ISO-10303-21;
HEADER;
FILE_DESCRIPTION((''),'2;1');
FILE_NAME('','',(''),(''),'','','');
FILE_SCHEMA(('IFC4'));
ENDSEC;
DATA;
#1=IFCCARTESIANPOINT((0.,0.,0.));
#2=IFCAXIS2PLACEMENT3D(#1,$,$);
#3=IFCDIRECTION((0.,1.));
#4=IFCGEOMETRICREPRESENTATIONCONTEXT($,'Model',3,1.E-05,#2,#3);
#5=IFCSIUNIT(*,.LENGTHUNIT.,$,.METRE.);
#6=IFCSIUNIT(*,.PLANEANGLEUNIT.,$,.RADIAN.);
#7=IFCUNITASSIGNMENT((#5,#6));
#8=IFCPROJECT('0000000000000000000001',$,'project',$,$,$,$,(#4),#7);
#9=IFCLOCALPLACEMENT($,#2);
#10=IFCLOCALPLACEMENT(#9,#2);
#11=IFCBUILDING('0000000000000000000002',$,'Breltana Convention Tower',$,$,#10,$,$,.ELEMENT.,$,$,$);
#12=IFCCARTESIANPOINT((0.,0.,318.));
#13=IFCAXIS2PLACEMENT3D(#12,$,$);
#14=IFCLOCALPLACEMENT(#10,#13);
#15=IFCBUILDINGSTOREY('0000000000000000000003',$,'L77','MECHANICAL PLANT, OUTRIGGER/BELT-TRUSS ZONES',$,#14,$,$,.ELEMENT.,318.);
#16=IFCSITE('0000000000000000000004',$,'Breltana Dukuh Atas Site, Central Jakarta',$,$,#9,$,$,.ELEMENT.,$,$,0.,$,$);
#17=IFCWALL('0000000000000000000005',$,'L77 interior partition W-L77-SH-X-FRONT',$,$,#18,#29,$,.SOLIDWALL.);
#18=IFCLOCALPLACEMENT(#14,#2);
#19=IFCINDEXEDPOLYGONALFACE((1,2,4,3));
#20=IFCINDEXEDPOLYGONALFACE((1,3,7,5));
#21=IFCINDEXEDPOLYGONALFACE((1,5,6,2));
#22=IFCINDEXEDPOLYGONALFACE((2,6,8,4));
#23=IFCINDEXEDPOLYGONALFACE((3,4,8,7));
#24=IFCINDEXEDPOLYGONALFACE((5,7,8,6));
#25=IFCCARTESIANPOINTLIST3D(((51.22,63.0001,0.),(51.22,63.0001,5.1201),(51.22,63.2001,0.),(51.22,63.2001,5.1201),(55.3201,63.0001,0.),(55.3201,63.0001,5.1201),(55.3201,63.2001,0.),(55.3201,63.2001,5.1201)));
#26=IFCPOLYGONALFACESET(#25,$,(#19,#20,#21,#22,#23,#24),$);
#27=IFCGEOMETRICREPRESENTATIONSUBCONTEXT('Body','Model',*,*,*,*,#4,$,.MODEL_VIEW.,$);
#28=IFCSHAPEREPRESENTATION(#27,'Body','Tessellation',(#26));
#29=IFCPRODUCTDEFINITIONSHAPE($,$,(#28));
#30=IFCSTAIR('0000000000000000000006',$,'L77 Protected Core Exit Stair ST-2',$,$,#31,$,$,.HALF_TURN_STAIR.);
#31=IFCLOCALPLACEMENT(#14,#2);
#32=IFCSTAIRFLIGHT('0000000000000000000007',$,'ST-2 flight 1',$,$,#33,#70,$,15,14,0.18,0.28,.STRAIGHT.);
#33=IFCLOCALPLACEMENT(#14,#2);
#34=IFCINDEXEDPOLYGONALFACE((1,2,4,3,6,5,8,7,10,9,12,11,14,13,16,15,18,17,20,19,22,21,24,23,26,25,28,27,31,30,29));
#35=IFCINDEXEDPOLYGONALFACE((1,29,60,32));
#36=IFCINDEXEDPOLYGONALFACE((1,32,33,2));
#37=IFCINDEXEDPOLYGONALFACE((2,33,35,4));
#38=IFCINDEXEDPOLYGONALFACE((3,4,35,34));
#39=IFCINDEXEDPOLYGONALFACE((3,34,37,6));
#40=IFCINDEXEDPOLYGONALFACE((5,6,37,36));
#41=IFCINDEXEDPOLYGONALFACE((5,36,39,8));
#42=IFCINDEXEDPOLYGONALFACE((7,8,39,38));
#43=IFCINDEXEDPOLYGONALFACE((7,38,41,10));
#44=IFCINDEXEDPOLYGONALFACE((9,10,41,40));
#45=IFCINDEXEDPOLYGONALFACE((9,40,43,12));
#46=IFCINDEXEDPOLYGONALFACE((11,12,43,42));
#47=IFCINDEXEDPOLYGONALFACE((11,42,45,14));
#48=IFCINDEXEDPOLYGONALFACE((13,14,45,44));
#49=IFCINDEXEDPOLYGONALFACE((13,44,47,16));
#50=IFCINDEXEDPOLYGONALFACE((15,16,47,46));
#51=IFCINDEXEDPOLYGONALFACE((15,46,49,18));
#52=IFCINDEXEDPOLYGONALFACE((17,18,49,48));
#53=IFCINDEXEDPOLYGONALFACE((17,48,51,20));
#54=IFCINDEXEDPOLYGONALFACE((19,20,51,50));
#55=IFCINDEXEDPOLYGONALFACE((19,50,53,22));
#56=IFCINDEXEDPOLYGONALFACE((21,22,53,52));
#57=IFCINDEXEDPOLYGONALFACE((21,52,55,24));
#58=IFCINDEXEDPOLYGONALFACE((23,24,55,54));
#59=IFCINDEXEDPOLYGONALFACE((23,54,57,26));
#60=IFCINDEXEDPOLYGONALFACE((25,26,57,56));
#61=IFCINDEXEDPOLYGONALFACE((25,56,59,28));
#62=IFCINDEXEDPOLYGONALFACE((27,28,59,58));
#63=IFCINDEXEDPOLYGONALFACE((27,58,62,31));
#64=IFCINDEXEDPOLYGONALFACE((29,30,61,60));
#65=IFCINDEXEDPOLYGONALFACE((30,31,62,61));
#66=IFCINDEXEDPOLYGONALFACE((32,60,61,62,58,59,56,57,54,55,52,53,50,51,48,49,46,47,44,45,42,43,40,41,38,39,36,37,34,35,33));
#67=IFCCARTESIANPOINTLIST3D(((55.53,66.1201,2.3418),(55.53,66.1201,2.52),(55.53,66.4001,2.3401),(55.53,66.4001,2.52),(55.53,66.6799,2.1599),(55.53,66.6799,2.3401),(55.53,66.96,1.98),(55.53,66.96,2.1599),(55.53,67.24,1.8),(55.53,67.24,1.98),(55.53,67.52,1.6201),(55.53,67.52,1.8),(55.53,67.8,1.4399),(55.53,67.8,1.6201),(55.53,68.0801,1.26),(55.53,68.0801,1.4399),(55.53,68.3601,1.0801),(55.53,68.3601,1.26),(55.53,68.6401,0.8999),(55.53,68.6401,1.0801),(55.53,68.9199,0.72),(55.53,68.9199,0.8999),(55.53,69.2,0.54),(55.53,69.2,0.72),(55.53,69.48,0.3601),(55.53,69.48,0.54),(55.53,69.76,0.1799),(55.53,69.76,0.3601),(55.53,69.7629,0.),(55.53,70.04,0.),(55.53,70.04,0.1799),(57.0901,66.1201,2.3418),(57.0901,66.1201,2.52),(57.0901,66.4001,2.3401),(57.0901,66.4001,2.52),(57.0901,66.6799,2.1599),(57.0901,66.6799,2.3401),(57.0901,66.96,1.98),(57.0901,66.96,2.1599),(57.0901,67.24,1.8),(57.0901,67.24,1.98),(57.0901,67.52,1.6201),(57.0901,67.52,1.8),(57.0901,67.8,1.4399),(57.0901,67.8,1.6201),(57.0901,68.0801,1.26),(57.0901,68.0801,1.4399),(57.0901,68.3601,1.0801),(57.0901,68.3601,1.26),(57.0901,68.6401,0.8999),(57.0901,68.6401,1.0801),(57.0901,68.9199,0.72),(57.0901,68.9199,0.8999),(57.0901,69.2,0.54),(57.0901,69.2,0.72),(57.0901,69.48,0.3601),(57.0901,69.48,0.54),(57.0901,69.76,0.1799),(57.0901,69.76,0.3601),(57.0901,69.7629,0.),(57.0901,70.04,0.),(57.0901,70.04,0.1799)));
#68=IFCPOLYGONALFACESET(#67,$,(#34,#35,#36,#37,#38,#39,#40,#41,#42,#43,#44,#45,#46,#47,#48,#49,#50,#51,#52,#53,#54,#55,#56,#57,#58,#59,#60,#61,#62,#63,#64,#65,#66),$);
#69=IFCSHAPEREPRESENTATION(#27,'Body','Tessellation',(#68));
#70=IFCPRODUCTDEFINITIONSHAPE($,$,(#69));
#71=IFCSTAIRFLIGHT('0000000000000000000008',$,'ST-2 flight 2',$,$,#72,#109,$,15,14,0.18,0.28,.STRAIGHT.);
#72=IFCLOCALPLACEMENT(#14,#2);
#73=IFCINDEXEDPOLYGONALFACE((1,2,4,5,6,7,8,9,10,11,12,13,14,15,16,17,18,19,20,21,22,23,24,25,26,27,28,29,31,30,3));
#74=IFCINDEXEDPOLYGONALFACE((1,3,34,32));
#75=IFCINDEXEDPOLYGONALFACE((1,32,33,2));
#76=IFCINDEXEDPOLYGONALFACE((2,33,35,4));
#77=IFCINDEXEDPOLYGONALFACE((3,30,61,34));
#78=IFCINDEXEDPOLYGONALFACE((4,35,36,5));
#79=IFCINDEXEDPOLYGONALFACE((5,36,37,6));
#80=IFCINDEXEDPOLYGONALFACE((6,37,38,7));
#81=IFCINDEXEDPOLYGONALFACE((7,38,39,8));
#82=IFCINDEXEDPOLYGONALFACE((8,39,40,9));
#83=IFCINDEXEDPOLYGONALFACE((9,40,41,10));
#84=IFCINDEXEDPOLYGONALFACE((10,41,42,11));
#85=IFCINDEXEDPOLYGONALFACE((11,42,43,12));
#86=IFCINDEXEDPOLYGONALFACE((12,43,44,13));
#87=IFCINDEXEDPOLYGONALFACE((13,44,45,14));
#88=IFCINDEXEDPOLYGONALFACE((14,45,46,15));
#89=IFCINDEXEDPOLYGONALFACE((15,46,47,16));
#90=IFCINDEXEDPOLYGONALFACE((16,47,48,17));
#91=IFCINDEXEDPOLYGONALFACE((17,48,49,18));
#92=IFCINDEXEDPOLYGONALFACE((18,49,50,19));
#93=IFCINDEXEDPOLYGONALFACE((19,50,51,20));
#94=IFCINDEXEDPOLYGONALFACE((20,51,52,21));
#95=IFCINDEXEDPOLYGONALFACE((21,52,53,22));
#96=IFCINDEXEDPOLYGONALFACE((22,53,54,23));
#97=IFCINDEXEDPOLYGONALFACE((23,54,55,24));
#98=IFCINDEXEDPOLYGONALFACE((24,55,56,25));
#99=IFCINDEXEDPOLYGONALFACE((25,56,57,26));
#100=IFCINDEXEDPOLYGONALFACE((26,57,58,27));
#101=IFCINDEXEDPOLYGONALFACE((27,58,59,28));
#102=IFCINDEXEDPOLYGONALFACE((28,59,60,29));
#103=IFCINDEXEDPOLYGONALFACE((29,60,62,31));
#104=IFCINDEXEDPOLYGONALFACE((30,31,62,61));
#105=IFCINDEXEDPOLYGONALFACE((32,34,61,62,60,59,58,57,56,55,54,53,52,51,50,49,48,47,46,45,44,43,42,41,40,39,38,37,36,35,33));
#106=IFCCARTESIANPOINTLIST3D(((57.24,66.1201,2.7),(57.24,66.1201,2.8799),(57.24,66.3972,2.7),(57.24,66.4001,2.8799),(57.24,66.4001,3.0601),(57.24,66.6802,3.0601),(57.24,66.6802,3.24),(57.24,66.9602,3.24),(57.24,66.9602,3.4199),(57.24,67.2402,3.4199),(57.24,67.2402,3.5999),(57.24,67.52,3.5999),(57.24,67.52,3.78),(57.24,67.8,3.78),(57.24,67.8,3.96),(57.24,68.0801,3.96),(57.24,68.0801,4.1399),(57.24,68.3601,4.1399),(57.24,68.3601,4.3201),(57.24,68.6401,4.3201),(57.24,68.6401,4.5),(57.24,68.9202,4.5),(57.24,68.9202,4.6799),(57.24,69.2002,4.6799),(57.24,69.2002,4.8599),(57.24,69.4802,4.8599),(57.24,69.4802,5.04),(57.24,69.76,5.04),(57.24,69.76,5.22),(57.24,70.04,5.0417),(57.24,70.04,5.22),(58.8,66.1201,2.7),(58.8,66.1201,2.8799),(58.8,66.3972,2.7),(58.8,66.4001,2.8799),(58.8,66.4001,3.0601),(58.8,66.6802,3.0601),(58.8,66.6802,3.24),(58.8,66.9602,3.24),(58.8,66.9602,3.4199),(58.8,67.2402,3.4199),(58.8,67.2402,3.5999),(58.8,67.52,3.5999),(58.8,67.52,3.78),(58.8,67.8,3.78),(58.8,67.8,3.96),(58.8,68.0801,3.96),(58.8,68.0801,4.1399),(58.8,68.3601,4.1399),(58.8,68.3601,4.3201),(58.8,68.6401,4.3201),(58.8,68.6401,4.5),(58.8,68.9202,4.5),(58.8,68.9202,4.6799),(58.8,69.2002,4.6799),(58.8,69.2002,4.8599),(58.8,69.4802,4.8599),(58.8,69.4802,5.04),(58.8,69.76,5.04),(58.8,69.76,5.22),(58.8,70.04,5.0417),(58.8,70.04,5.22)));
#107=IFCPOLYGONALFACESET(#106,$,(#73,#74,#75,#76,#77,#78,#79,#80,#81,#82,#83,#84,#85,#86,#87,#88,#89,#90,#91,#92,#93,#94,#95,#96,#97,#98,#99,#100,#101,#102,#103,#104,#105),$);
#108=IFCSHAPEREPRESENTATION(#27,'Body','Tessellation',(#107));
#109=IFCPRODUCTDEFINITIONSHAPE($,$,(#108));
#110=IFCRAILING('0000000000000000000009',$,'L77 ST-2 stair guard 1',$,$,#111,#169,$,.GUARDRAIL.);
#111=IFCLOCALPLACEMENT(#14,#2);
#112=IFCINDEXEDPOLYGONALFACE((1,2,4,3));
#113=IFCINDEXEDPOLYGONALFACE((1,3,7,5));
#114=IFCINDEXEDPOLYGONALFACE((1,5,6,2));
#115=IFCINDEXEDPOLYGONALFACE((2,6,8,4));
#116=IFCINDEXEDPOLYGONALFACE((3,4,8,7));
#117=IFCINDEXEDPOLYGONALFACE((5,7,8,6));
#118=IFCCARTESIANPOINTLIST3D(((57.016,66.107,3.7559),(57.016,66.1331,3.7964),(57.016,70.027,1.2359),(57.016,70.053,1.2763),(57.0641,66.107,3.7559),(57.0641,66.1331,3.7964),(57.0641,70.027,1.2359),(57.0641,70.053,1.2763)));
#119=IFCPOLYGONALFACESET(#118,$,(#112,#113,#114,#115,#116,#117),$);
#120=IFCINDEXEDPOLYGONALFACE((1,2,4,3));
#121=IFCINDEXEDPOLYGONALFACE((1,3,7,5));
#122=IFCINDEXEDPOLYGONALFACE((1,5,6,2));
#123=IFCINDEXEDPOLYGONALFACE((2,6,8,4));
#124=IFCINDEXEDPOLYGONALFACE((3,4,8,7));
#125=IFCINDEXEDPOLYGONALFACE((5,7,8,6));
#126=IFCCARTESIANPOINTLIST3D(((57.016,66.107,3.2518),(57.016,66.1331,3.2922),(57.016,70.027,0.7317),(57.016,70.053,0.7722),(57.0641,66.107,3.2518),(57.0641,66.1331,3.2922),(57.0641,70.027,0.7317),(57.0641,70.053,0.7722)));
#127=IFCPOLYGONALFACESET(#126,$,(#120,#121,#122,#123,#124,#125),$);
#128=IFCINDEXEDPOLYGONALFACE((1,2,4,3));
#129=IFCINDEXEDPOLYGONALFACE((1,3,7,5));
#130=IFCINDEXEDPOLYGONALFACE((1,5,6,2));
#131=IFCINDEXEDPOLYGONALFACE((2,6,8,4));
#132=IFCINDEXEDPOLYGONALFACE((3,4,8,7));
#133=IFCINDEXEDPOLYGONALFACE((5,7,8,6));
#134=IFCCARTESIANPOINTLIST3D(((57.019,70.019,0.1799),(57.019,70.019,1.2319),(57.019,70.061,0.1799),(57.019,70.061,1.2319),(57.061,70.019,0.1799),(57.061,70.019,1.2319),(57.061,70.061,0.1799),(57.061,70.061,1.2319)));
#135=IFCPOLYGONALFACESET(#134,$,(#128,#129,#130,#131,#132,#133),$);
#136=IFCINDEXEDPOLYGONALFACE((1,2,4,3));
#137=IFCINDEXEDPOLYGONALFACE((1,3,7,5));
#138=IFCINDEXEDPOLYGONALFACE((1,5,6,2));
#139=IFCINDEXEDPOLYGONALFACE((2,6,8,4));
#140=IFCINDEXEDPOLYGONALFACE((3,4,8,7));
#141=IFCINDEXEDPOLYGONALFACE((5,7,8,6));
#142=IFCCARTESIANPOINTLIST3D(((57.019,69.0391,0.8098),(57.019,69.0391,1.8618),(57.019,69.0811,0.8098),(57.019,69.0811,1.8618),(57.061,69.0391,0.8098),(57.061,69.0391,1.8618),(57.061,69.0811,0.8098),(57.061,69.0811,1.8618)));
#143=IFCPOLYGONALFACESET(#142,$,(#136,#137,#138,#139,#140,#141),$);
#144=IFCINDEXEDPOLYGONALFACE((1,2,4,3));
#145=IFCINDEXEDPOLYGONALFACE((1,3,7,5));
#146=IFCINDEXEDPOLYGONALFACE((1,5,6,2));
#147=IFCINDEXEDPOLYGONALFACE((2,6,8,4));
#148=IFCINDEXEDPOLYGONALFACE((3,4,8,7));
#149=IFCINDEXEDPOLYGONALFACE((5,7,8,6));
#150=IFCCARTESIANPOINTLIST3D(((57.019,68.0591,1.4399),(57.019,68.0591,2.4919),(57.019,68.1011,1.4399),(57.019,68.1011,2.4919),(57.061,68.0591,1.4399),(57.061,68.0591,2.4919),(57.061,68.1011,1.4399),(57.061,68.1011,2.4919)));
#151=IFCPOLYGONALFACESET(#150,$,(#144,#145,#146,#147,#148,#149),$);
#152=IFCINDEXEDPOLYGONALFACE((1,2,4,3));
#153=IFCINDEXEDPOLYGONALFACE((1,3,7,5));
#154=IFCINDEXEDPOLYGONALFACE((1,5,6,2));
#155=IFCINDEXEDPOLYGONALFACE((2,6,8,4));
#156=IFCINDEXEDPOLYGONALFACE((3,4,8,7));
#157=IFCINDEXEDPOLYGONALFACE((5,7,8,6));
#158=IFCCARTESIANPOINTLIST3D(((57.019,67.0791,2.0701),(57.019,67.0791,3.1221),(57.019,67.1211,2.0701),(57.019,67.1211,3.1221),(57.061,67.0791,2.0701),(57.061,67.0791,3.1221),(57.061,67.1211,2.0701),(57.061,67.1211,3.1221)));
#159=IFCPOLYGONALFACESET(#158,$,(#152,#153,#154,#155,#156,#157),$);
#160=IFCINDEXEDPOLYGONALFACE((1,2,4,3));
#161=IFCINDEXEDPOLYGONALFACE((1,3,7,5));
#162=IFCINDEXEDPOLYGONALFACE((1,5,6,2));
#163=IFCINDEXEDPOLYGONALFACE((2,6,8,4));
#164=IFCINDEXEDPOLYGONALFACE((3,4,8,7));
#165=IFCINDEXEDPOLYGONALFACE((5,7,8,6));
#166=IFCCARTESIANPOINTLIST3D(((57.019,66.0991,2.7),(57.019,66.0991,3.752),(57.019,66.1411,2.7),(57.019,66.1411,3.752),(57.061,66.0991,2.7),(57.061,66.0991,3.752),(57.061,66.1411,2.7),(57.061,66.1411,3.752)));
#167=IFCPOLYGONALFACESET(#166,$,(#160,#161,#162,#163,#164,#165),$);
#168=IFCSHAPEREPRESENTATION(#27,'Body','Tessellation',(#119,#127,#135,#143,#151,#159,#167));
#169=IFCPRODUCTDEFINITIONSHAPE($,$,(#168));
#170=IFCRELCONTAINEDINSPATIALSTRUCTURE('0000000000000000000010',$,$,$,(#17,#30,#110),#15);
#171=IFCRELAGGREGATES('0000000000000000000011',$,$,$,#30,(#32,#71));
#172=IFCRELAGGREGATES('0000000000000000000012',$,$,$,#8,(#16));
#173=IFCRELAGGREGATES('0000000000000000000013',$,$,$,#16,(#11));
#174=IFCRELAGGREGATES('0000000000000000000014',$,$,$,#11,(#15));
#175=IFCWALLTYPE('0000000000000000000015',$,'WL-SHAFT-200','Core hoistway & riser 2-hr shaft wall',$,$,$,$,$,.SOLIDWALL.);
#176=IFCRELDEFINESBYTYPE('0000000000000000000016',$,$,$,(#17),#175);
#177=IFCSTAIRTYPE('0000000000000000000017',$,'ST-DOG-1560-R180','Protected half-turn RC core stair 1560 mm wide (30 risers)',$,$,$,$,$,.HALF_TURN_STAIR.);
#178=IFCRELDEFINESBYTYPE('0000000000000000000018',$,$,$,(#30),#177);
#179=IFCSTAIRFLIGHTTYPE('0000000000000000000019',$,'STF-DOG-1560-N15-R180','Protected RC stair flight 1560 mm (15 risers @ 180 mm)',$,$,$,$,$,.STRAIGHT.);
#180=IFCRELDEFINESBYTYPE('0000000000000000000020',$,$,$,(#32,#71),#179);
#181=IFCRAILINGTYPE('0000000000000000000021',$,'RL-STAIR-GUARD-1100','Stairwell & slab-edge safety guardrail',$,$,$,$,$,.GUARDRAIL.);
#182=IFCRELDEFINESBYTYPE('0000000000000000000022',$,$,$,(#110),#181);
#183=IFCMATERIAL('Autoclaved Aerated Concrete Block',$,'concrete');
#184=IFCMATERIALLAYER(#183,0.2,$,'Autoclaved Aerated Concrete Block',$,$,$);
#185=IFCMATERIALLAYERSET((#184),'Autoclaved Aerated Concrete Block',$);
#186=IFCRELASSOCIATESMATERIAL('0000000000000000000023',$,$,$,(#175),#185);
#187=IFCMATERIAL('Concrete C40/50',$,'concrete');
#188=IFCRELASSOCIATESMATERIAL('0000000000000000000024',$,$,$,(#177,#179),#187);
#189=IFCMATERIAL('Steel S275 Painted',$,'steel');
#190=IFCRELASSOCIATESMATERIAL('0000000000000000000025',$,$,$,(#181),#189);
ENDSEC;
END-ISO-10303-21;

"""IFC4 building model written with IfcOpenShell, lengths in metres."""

from ifc_helpers import new_model, si_unit, direction, frame, frame_2d, origin, origin_2d, place, context, subcontext, project, spatial, polyline, rectangle, outline, extrude, source, transform, mapped, material, layer, layer_set, type_object, element, aggregate, save


model = new_model("IFC4")

# Units and contexts
model_context = context("Model", 3, precision=1e-05, world=origin(), true_north=direction((0.0, 1.0)))
body_context = subcontext(model_context, "Body", "Model", "MODEL_VIEW")
ifc_project = project(units=[si_unit("LENGTHUNIT", "METRE"), si_unit("PLANEANGLEUNIT", "RADIAN")], contexts=[model_context])

# Site, building, storey
site_placement = place(None, origin())
site = spatial("IfcSite", under=ifc_project, at=site_placement, Name="Breltana Dukuh Atas Site, Central Jakarta", CompositionType="ELEMENT", RefElevation=0.0)
building_placement = place(site_placement, origin())
building = spatial("IfcBuilding", under=site, at=building_placement, Name="Breltana Convention Tower", CompositionType="ELEMENT")
storey_placement = place(building_placement, frame((0.0, 0.0, 318.0)))
storey = spatial("IfcBuildingStorey", under=building, at=storey_placement, Name="L77", Description="MECHANICAL PLANT, OUTRIGGER/BELT-TRUSS ZONES", CompositionType="ELEMENT", Elevation=318.0)

# Shared definitions
ifc_material_1 = material(Name="Autoclaved Aerated Concrete Block", Category="concrete")
ifc_layer_1 = layer(ifc_material_1, 0.2, Name="Autoclaved Aerated Concrete Block")
ifc_layer_set_1 = layer_set([ifc_layer_1], Name="Autoclaved Aerated Concrete Block")
wall_type_1 = type_object("IfcWallType", Name="WL-SHAFT-200", Description="Core hoistway & riser 2-hr shaft wall", PredefinedType="SOLIDWALL", material=ifc_layer_set_1)

# Wall
shared_shape_1 = source(origin(), body_context, "Body", "SweptSolid", [
    extrude(rectangle(XDim=4.1001, YDim=0.2, at=frame_2d((2.05, 0.0))), origin(), (0.0, 0.0, 1.0), 5.1201),
])
wall_1_placement = place(storey_placement, frame((51.22, 63.1001, 0.0), z_axis=(0.0, 0.0, 1.0), x_axis=(1.0, 0.0, 0.0)))
element("IfcWall", 1, at=wall_1_placement, inside=storey, type_object=wall_type_1, Name="L77 interior partition W-L77-SH-X-FRONT", PredefinedType="SOLIDWALL", context=body_context, shape_type="MappedRepresentation", body=[
    mapped(shared_shape_1, transform((0.0, 0.0, 0.0), scale=1.0)),
])

# Stair, stair flights
ifc_material_2 = material(Name="Concrete C40/50", Category="concrete")
stair_type = type_object("IfcStairType", Name="ST-DOG-1560-R180", Description="Protected half-turn RC core stair 1560 mm wide (30 risers)", PredefinedType="HALF_TURN_STAIR", material=ifc_material_2)
stair_placement = place(storey_placement, origin())
stair = element("IfcStair", 2, at=stair_placement, inside=storey, type_object=stair_type, Name="L77 Protected Core Exit Stair ST-2", PredefinedType="HALF_TURN_STAIR")
stair_flight_type = type_object("IfcStairFlightType", Name="STF-DOG-1560-N15-R180", Description="Protected RC stair flight 1560 mm (15 risers @ 180 mm)", PredefinedType="STRAIGHT", material=ifc_material_2)
stair_flight_1_placement = place(storey_placement, frame((56.3101, 70.04, 0.0), z_axis=(0.0, 0.0, 1.0), x_axis=(0.0, -1.0, 0.0)))
stair_flight_1 = element("IfcStairFlight", 3, at=stair_flight_1_placement, type_object=stair_flight_type, Name="ST-2 flight 1", NumberOfRisers=15, NumberOfTreads=14, PredefinedType="STRAIGHT", RiserHeight=0.18, TreadLength=0.28, context=body_context, shape_type="SweptSolid", body=[
    extrude(outline(polyline([(0.0, 0.0), (0.0, 0.1799), (0.28, 0.1799), (0.28, 0.3601), (0.5601, 0.3601), (0.5601, 0.54), (0.8401, 0.54), (0.8401, 0.72), (1.1201, 0.72), (1.1201, 0.8999), (1.3999, 0.8999), (1.3999, 1.0801), (1.6799, 1.0801), (1.6799, 1.26), (1.96, 1.26), (1.96, 1.4399), (2.24, 1.4399), (2.24, 1.6201), (2.52, 1.6201), (2.52, 1.8), (2.8, 1.8), (2.8, 1.98), (3.0801, 1.98), (3.0801, 2.1599), (3.3601, 2.1599), (3.3601, 2.3401), (3.6399, 2.3401), (3.6399, 2.52), (3.9199, 2.52), (3.9199, 2.7), (3.9199, 2.3418), (0.2771, 0.0), (0.0, 0.0)])), frame((0.0, 0.78, 0.0), z_axis=(0.0, -1.0, 0.0), x_axis=(1.0, 0.0, 0.0)), (0.0, 0.0, 1.0), 1.5601),
])
stair_flight_2_placement = place(storey_placement, frame((58.02, 66.1201, 2.7), z_axis=(0.0, 0.0, 1.0), x_axis=(0.0, 1.0, 0.0)))
stair_flight_2 = element("IfcStairFlight", 4, at=stair_flight_2_placement, type_object=stair_flight_type, Name="ST-2 flight 2", NumberOfRisers=15, NumberOfTreads=14, PredefinedType="STRAIGHT", RiserHeight=0.18, TreadLength=0.28, context=body_context, shape_type="SweptSolid", body=[
    extrude(outline(polyline([(0.0, 0.0), (0.0, 0.1799), (0.28, 0.1799), (0.28, 0.3601), (0.5601, 0.3601), (0.5601, 0.54), (0.8401, 0.54), (0.8401, 0.72), (1.1201, 0.72), (1.1201, 0.8999), (1.3999, 0.8999), (1.3999, 1.0801), (1.6799, 1.0801), (1.6799, 1.26), (1.96, 1.26), (1.96, 1.4399), (2.24, 1.4399), (2.24, 1.6201), (2.52, 1.6201), (2.52, 1.8), (2.8, 1.8), (2.8, 1.98), (3.0801, 1.98), (3.0801, 2.1599), (3.3601, 2.1599), (3.3601, 2.3401), (3.6399, 2.3401), (3.6399, 2.52), (3.9199, 2.52), (3.9199, 2.7), (3.9199, 2.3418), (0.2771, 0.0), (0.0, 0.0)])), frame((0.0, 0.78, 0.0), z_axis=(0.0, -1.0, 0.0), x_axis=(1.0, 0.0, 0.0)), (0.0, 0.0, 1.0), 1.5601),
])
aggregate(stair, [stair_flight_1, stair_flight_2])

# Railing
ifc_material_3 = material(Name="Steel S275 Painted", Category="steel")
railing_type_1 = type_object("IfcRailingType", Name="RL-STAIR-GUARD-1100", Description="Stairwell & slab-edge safety guardrail", PredefinedType="GUARDRAIL", material=ifc_material_3)
railing_1_placement = place(storey_placement, frame((57.04, 70.04, 0.1799)))
element("IfcRailing", 5, at=railing_1_placement, inside=storey, type_object=railing_type_1, Name="L77 ST-2 stair guard 1", PredefinedType="GUARDRAIL", context=body_context, shape_type="SweptSolid", body=[
    extrude(rectangle(XDim=0.0481, YDim=0.0481, at=origin_2d()), frame((0.0, 0.0, 1.0762), z_axis=(0.0, -0.841172, 0.540768), x_axis=(1.0, 0.0, 0.0)), (0.0, 0.0, 1.0), 4.6602),
    extrude(rectangle(XDim=0.0481, YDim=0.0481, at=origin_2d()), frame((0.0, 0.0, 0.572), z_axis=(0.0, -0.841172, 0.540768), x_axis=(1.0, 0.0, 0.0)), (0.0, 0.0, 1.0), 4.6602),
    extrude(rectangle(XDim=0.042, YDim=0.042, at=origin_2d()), origin(), (0.0, 0.0, 1.0), 1.052),
    extrude(rectangle(XDim=0.042, YDim=0.042, at=origin_2d()), frame((0.0, -0.98, 0.6299)), (0.0, 0.0, 1.0), 1.052),
    extrude(rectangle(XDim=0.042, YDim=0.042, at=origin_2d()), frame((0.0, -1.96, 1.26)), (0.0, 0.0, 1.0), 1.052),
    extrude(rectangle(XDim=0.042, YDim=0.042, at=origin_2d()), frame((0.0, -2.9399, 1.8901)), (0.0, 0.0, 1.0), 1.052),
    extrude(rectangle(XDim=0.042, YDim=0.042, at=origin_2d()), frame((0.0, -3.9199, 2.52)), (0.0, 0.0, 1.0), 1.052),
])

save(model, "model.ifc")
